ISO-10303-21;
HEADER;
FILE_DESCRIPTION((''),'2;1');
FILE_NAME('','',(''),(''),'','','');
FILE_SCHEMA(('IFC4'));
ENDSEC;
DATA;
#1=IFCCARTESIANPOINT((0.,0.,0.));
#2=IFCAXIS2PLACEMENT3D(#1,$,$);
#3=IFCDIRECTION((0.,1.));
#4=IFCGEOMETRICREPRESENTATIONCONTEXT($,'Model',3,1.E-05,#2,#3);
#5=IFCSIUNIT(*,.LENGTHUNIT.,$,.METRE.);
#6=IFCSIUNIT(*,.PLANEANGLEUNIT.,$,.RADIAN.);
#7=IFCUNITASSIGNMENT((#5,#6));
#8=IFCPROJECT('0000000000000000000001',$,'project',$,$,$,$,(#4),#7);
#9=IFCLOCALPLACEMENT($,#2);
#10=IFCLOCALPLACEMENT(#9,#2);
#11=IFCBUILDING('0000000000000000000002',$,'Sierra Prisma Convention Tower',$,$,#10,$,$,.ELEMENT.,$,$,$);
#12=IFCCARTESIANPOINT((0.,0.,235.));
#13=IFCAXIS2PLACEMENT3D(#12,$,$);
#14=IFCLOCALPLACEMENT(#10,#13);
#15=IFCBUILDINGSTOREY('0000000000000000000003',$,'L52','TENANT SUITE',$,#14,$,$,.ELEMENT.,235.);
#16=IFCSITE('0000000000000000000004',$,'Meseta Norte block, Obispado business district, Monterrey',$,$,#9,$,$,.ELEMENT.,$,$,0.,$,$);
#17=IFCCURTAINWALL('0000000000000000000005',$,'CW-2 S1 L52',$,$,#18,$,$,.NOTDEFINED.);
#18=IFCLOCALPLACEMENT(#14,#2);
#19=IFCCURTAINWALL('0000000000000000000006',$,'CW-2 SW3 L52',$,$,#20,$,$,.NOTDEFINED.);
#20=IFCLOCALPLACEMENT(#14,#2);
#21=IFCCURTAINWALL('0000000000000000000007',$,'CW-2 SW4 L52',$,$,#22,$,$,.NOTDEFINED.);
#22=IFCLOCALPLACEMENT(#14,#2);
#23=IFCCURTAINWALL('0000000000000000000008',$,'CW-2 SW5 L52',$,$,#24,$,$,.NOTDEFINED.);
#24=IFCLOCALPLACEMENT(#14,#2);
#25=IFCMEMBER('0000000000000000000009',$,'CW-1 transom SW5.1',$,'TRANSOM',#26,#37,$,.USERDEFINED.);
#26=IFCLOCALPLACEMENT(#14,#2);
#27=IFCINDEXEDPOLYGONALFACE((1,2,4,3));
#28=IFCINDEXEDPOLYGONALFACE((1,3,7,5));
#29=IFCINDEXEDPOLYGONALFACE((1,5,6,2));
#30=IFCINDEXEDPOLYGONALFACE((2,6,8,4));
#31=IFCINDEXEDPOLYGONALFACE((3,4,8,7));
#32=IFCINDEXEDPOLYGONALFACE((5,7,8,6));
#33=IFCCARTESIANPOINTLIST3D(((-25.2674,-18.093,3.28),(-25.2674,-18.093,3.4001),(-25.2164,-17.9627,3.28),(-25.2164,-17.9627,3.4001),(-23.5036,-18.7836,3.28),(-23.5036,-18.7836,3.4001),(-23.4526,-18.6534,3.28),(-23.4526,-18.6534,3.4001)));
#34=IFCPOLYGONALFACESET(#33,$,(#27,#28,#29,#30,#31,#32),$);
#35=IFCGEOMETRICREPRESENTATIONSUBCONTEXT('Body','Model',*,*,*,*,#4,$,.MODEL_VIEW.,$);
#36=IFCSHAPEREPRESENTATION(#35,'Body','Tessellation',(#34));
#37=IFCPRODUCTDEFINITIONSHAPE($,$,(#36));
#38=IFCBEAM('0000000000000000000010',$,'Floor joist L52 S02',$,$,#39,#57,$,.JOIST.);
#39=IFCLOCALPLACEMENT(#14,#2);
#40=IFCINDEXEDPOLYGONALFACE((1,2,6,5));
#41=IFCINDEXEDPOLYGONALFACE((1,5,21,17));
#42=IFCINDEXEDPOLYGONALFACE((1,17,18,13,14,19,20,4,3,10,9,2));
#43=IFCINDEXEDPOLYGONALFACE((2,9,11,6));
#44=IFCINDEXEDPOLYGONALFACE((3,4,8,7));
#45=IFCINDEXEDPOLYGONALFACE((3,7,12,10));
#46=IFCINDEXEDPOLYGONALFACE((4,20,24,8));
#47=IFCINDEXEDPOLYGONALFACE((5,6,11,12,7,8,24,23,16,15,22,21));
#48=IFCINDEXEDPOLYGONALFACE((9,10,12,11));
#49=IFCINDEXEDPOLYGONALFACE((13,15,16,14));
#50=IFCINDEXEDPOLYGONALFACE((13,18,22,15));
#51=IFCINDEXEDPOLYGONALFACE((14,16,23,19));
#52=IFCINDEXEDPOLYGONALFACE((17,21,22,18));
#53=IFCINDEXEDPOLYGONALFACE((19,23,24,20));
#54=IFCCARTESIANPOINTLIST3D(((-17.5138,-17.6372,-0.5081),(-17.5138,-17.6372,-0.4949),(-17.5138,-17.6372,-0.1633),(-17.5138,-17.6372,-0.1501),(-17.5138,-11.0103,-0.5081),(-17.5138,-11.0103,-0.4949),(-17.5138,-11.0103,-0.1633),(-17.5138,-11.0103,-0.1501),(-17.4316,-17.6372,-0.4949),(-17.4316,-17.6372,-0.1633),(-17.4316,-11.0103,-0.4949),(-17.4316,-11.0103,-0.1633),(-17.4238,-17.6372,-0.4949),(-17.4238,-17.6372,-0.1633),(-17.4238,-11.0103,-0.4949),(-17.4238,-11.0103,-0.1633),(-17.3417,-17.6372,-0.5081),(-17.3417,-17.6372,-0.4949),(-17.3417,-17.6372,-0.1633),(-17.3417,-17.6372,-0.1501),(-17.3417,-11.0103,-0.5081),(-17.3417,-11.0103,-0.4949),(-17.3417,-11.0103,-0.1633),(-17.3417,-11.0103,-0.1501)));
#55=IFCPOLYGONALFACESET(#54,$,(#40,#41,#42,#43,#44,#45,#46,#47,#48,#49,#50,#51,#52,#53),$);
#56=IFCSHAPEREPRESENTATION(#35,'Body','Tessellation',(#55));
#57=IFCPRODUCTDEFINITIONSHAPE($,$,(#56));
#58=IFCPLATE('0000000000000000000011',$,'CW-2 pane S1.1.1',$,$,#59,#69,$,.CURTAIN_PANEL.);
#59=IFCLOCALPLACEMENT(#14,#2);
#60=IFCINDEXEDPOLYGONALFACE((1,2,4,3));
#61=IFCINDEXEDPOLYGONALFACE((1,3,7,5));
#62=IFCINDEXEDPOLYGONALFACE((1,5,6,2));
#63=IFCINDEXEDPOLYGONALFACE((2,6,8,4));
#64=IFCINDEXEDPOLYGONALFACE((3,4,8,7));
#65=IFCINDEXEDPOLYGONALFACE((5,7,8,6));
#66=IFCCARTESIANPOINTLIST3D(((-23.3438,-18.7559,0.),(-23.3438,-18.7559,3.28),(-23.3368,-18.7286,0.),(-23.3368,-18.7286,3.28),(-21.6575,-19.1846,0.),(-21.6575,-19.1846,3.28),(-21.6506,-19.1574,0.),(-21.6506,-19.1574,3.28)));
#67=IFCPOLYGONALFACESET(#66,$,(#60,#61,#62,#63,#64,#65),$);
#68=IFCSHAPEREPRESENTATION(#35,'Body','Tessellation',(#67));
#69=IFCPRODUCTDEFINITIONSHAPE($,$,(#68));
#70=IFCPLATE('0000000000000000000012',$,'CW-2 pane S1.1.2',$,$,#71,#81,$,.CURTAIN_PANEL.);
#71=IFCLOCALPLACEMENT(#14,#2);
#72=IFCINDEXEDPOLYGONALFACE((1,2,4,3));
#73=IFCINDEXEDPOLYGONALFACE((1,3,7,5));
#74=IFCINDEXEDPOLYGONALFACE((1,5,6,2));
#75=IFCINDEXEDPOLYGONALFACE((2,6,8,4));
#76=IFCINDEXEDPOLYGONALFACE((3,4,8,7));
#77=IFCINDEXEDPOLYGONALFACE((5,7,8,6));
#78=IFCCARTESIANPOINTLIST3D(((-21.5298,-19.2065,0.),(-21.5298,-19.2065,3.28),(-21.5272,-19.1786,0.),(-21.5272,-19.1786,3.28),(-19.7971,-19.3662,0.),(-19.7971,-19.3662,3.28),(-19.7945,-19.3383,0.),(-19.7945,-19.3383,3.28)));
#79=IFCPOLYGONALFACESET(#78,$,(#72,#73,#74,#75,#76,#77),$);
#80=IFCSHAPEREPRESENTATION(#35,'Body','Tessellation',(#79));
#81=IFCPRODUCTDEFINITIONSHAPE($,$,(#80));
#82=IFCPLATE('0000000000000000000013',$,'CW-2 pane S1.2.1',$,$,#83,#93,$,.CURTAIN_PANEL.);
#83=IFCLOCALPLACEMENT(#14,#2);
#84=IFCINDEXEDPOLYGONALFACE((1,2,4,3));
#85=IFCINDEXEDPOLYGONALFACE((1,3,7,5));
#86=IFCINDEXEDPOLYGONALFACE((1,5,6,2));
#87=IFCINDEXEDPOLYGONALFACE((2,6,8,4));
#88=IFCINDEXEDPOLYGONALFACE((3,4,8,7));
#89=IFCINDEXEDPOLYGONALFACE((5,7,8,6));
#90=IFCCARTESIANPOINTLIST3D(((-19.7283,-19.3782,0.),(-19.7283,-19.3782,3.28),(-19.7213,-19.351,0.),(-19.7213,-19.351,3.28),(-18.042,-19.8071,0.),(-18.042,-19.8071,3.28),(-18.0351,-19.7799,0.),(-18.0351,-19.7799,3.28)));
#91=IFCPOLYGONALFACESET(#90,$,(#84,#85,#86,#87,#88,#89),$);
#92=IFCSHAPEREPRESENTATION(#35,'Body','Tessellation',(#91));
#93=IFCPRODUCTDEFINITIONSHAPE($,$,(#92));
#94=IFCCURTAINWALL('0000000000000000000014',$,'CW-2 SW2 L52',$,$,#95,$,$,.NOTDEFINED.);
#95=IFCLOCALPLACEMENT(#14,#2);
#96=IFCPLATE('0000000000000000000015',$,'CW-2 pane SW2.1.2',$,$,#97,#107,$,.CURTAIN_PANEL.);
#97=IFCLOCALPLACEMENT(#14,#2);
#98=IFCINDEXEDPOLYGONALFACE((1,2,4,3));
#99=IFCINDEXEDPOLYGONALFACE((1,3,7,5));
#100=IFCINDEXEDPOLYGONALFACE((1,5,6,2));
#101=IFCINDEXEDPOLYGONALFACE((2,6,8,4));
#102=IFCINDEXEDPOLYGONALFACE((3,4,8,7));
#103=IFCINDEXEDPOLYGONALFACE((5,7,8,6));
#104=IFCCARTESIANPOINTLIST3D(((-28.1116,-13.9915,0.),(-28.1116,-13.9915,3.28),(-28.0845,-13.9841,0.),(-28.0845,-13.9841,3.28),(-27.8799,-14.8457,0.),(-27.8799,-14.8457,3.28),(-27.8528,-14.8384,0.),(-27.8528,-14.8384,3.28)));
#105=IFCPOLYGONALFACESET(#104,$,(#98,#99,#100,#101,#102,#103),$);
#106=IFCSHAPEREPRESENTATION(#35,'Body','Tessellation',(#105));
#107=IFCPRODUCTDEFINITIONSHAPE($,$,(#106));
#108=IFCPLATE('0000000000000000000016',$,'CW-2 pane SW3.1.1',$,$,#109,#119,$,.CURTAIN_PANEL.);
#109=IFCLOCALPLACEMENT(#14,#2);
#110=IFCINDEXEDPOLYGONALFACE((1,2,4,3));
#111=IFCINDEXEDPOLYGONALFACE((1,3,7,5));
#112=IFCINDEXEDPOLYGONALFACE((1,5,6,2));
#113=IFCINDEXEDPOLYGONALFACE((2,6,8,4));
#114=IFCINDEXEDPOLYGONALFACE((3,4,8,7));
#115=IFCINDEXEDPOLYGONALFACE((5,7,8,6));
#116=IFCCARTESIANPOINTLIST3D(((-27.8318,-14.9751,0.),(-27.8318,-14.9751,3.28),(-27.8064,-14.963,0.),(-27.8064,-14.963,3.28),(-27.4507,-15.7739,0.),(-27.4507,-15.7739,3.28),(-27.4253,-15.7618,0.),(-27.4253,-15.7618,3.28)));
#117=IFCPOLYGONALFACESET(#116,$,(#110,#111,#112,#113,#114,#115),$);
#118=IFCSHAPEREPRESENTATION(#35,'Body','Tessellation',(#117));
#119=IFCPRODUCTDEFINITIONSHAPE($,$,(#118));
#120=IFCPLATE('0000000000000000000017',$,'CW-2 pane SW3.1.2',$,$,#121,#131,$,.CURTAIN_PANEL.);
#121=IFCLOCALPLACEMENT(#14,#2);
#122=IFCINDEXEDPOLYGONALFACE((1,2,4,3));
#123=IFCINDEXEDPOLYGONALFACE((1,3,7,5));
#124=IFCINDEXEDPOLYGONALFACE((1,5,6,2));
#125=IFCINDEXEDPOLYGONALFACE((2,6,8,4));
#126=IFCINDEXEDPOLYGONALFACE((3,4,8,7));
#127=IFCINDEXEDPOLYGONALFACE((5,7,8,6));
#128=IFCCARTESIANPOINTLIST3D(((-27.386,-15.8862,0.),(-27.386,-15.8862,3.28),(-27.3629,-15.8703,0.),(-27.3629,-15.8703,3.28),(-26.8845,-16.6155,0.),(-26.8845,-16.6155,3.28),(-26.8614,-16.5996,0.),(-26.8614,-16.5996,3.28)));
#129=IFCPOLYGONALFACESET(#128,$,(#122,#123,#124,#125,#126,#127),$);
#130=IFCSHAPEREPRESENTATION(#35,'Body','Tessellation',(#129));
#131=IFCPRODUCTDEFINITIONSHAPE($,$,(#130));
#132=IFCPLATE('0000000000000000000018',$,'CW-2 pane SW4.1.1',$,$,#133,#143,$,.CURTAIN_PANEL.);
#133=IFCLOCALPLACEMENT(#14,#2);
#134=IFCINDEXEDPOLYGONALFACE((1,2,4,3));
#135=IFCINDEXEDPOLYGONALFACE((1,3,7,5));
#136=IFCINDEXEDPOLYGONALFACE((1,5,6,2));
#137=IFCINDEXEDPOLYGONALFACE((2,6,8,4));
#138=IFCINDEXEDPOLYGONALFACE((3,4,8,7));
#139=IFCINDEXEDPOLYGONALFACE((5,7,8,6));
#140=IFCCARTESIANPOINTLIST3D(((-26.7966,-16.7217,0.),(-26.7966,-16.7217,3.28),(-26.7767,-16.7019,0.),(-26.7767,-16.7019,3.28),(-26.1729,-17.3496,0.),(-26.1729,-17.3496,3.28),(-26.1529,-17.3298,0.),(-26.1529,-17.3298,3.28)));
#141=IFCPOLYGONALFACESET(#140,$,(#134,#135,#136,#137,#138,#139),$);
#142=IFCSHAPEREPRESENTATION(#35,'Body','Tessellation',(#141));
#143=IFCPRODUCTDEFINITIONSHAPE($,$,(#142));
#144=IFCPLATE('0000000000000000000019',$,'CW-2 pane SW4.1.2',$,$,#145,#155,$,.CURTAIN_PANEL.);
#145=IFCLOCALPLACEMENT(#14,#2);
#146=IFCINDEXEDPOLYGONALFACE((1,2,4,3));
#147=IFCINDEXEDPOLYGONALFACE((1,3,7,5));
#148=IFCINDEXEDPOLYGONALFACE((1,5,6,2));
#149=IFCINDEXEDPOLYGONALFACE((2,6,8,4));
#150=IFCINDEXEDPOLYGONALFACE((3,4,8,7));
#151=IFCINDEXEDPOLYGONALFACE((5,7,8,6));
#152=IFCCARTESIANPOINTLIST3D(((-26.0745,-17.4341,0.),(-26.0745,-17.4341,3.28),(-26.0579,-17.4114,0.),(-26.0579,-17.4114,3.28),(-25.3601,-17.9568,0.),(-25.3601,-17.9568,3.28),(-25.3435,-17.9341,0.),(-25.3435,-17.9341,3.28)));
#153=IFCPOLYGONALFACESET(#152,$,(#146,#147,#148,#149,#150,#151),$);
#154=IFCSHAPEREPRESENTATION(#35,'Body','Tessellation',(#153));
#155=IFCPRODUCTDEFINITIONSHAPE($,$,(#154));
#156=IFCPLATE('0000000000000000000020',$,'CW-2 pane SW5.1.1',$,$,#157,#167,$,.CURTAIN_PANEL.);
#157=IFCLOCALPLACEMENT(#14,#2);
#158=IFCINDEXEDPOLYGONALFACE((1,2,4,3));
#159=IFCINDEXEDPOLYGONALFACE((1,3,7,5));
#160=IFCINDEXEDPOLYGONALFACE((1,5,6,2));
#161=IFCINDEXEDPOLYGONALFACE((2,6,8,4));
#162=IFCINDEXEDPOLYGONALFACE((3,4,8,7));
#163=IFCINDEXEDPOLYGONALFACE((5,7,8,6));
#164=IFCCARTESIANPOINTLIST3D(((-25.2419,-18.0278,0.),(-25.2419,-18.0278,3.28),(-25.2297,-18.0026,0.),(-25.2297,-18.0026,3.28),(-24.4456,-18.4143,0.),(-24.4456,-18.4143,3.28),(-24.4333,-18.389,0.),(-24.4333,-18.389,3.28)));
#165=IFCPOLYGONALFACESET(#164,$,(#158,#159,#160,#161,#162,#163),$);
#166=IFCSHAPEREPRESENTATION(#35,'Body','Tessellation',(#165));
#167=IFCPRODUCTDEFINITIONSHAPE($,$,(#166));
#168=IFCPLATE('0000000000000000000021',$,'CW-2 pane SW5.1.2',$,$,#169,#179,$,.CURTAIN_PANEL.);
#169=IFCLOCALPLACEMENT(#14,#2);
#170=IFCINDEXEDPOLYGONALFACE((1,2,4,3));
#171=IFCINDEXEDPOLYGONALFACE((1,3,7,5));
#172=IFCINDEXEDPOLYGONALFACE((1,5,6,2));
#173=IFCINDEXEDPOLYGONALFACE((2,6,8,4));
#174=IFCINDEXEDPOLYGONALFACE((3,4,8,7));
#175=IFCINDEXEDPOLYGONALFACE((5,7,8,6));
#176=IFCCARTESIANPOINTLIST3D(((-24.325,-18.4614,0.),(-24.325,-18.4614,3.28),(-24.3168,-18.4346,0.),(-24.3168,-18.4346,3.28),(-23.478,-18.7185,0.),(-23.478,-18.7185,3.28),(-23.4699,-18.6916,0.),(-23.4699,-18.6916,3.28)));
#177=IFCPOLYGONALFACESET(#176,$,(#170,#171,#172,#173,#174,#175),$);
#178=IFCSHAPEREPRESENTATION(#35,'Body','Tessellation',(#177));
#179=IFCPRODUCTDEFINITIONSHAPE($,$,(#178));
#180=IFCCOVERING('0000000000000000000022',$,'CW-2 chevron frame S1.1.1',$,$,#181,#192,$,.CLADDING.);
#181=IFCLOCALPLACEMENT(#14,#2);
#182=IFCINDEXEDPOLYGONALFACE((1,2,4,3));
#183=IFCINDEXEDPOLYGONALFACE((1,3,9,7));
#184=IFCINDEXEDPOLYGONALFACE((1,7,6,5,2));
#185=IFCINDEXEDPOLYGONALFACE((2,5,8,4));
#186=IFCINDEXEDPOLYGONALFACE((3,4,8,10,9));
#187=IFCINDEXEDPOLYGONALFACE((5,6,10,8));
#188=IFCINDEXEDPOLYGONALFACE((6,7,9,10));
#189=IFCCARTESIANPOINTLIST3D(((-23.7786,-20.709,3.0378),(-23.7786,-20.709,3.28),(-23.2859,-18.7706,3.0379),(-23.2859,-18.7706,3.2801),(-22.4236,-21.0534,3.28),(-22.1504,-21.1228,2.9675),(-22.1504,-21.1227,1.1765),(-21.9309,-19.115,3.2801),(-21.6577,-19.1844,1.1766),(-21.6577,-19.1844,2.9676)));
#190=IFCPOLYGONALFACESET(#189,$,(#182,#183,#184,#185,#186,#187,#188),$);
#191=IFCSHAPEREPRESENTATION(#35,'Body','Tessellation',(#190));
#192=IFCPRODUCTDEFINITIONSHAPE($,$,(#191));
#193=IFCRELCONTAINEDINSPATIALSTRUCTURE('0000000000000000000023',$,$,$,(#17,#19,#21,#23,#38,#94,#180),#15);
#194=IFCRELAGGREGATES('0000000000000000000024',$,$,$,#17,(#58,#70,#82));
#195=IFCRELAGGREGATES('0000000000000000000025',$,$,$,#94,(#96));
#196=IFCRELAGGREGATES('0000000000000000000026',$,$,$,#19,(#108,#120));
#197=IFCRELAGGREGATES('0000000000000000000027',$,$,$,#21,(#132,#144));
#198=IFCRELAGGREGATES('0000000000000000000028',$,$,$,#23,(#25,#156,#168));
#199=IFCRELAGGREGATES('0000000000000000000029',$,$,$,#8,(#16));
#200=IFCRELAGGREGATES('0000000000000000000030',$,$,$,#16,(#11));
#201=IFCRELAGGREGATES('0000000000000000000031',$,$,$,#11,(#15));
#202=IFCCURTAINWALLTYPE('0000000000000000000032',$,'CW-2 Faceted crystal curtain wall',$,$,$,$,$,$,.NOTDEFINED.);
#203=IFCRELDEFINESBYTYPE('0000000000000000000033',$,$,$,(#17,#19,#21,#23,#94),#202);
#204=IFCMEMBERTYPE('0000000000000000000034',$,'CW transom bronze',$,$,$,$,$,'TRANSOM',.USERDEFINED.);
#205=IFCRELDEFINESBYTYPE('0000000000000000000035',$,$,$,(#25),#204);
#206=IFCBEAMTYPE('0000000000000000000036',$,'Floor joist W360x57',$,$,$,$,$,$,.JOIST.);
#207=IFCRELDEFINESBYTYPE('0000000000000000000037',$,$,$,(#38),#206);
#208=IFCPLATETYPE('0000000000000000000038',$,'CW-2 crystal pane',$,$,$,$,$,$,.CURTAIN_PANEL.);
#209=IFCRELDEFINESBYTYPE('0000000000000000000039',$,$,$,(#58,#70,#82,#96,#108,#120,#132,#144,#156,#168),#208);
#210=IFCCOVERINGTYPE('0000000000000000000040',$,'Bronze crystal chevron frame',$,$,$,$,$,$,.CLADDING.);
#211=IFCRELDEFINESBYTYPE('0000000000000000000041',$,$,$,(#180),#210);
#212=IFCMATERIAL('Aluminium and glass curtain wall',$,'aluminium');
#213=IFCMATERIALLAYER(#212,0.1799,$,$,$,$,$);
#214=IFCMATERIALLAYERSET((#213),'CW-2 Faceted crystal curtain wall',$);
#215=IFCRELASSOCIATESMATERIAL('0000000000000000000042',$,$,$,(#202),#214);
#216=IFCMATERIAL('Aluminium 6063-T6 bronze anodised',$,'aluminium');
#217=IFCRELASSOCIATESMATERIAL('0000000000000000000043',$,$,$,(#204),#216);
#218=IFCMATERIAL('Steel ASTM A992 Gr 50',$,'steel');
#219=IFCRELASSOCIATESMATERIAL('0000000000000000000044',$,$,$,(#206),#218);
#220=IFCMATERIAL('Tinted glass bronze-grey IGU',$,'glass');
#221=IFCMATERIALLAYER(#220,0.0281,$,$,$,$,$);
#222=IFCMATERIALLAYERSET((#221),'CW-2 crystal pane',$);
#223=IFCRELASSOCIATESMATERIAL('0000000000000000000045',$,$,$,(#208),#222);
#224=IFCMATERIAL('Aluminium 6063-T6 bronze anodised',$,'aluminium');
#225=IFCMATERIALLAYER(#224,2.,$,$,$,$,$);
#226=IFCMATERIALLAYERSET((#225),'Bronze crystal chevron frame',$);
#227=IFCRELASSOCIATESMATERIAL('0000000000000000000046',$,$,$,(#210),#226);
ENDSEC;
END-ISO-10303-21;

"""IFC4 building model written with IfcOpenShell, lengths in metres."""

from ifc_helpers import new_model, si_unit, direction, frame, origin, origin_2d, place, context, subcontext, project, spatial, polyline, rectangle, i_section, outline, extrude, material, layer, layer_set, material_profile, profile_set, type_object, element, aggregate, save


model = new_model("IFC4")

# Units and contexts
model_context = context("Model", 3, precision=1e-05, world=origin(), true_north=direction((0.0, 1.0)))
body_context = subcontext(model_context, "Body", "Model", "MODEL_VIEW")
ifc_project = project(units=[si_unit("LENGTHUNIT", "METRE"), si_unit("PLANEANGLEUNIT", "RADIAN")], contexts=[model_context])

# Site, building, storey
site_placement = place(None, origin())
site = spatial("IfcSite", under=ifc_project, at=site_placement, Name="Meseta Norte block, Obispado business district, Monterrey", CompositionType="ELEMENT", RefElevation=0.0)
building_placement = place(site_placement, origin())
building = spatial("IfcBuilding", under=site, at=building_placement, Name="Sierra Prisma Convention Tower", CompositionType="ELEMENT")
storey_placement = place(building_placement, frame((0.0, 0.0, 235.0)))
storey = spatial("IfcBuildingStorey", under=building, at=storey_placement, Name="L52", Description="TENANT SUITE", CompositionType="ELEMENT", Elevation=235.0)

# Curtain wall
ifc_material_1 = material(Name="Aluminium and glass curtain wall", Category="aluminium")
ifc_layer_1 = layer(ifc_material_1, 0.1799)
ifc_layer_set_1 = layer_set([ifc_layer_1], Name="CW-2 Faceted crystal curtain wall")
curtain_wall_type = type_object("IfcCurtainWallType", Name="CW-2 Faceted crystal curtain wall", PredefinedType="NOTDEFINED", material=ifc_layer_set_1)
curtain_wall_1_placement = place(storey_placement, origin())
curtain_wall_1 = element("IfcCurtainWall", 1, at=curtain_wall_1_placement, inside=storey, type_object=curtain_wall_type, Name="CW-2 S1 L52", PredefinedType="NOTDEFINED")

# Curtain walls
curtain_wall_2_placement = place(storey_placement, origin())
curtain_wall_2 = element("IfcCurtainWall", 2, at=curtain_wall_2_placement, inside=storey, type_object=curtain_wall_type, Name="CW-2 SW3 L52", PredefinedType="NOTDEFINED")
curtain_wall_3_placement = place(storey_placement, origin())
curtain_wall_3 = element("IfcCurtainWall", 3, at=curtain_wall_3_placement, inside=storey, type_object=curtain_wall_type, Name="CW-2 SW4 L52", PredefinedType="NOTDEFINED")
curtain_wall_4_placement = place(storey_placement, origin())
curtain_wall_4 = element("IfcCurtainWall", 4, at=curtain_wall_4_placement, inside=storey, type_object=curtain_wall_type, Name="CW-2 SW5 L52", PredefinedType="NOTDEFINED")

# Member
ifc_material_2 = material(Name="Aluminium 6063-T6 bronze anodised", Category="aluminium")
ifc_material_profile_1 = material_profile(ifc_material_2, rectangle(XDim=0.1399, YDim=0.1201, at=origin_2d()), Name="ALU TRANSOM 120x140")
ifc_profile_set_1 = profile_set([ifc_material_profile_1], Name="Aluminium 6063-T6 bronze anodised")
member_type_1 = type_object("IfcMemberType", Name="CW transom bronze", ElementType="TRANSOM", PredefinedType="USERDEFINED", material=ifc_profile_set_1)
member_1_placement = place(storey_placement, frame((-25.2419, -18.0278, 3.3401), z_axis=(0.931163, -0.364603, 0.0), x_axis=(0.364603, 0.931163, 0.0)))
member_1 = element("IfcMember", 5, at=member_1_placement, type_object=member_type_1, Name="CW-1 transom SW5.1", ObjectType="TRANSOM", PredefinedType="USERDEFINED", context=body_context, shape_type="SweptSolid", body=[
    extrude(rectangle(XDim=0.1399, YDim=0.1201, at=origin_2d()), origin(), (0.0, 0.0, 1.0), 1.8943),
])

# Beam
ifc_material_3 = material(Name="Steel ASTM A992 Gr 50", Category="steel")
ifc_material_profile_2 = material_profile(ifc_material_3, i_section(OverallWidth=0.1721, OverallDepth=0.3579, WebThickness=0.0078, FlangeThickness=0.0132, at=origin_2d()), Name="W360x57")
ifc_profile_set_2 = profile_set([ifc_material_profile_2], Name="Steel ASTM A992 Gr 50")
beam_type = type_object("IfcBeamType", Name="Floor joist W360x57", PredefinedType="JOIST", material=ifc_profile_set_2)
beam_placement = place(storey_placement, frame((-17.4277, -17.6372, -0.3291), z_axis=(0.0, 1.0, 0.0), x_axis=(-1.0, 0.0, 0.0)))
element("IfcBeam", 6, at=beam_placement, inside=storey, type_object=beam_type, Name="Floor joist L52 S02", PredefinedType="JOIST", context=body_context, shape_type="SweptSolid", body=[
    extrude(i_section(OverallWidth=0.1721, OverallDepth=0.3579, WebThickness=0.0078, FlangeThickness=0.0132, at=origin_2d()), origin(), (0.0, 0.0, 1.0), 6.627),
])

# Plates
ifc_material_4 = material(Name="Tinted glass bronze-grey IGU", Category="glass")
ifc_layer_2 = layer(ifc_material_4, 0.0281)
ifc_layer_set_2 = layer_set([ifc_layer_2], Name="CW-2 crystal pane")
plate_type = type_object("IfcPlateType", Name="CW-2 crystal pane", PredefinedType="CURTAIN_PANEL", material=ifc_layer_set_2)
plate_1_placement = place(storey_placement, frame((-23.3438, -18.7559, 0.0), z_axis=(-0.246397, -0.969169, 0.0), x_axis=(0.969169, -0.246397, 0.0)))
plate_1 = element("IfcPlate", 7, at=plate_1_placement, type_object=plate_type, Name="CW-2 pane S1.1.1", PredefinedType="CURTAIN_PANEL", context=body_context, shape_type="SweptSolid", body=[
    extrude(outline(polyline([(0.0, 0.0), (1.7399, 0.0), (1.7399, 3.28), (0.0, 3.28), (0.0, 0.0)])), origin(), (0.0, 0.0, -1.0), 0.0281),
])
plate_2_placement = place(storey_placement, frame((-19.7971, -19.3662, 0.0), z_axis=(-0.091763, -0.995781, 0.0), x_axis=(-0.995781, 0.091763, 0.0)))
plate_2 = element("IfcPlate", 8, at=plate_2_placement, type_object=plate_type, Name="CW-2 pane S1.1.2", PredefinedType="CURTAIN_PANEL", context=body_context, shape_type="SweptSolid", body=[
    extrude(outline(polyline([(0.0, 0.0), (1.74, 0.0), (1.74, -3.28), (0.0, -3.28), (0.0, 0.0)])), origin(), (0.0, 0.0, -1.0), 0.0281),
])
plate_3_placement = place(storey_placement, frame((-19.7283, -19.3782, 0.0), z_axis=(-0.246528, -0.969136, 0.0), x_axis=(0.969136, -0.246528, 0.0)))
plate_3 = element("IfcPlate", 9, at=plate_3_placement, type_object=plate_type, Name="CW-2 pane S1.2.1", PredefinedType="CURTAIN_PANEL", context=body_context, shape_type="SweptSolid", body=[
    extrude(outline(polyline([(0.0, 0.0), (1.74, 0.0), (1.74, 3.28), (0.0, 3.28), (0.0, 0.0)])), origin(), (0.0, 0.0, -1.0), 0.0281),
])
aggregate(curtain_wall_1, [plate_1, plate_2, plate_3])

# Curtain wall, plate
curtain_wall_5_placement = place(storey_placement, origin())
curtain_wall_5 = element("IfcCurtainWall", 10, at=curtain_wall_5_placement, inside=storey, type_object=curtain_wall_type, Name="CW-2 SW2 L52", PredefinedType="NOTDEFINED")
plate_4_placement = place(storey_placement, frame((-27.8799, -14.8457, 0.0), z_axis=(-0.965132, -0.261763, 0.0), x_axis=(-0.261763, 0.965132, 0.0)))
plate_4 = element("IfcPlate", 11, at=plate_4_placement, type_object=plate_type, Name="CW-2 pane SW2.1.2", PredefinedType="CURTAIN_PANEL", context=body_context, shape_type="SweptSolid", body=[
    extrude(outline(polyline([(0.0, 0.0), (0.8851, 0.0), (0.8851, -3.28), (0.0, -3.28), (0.0, 0.0)])), origin(), (0.0, 0.0, -1.0), 0.0281),
])
aggregate(curtain_wall_5, [plate_4])

# Plates
plate_5_placement = place(storey_placement, frame((-27.8318, -14.9751, 0.0), z_axis=(-0.902549, -0.430587, 0.0), x_axis=(0.430587, -0.902549, 0.0)))
plate_5 = element("IfcPlate", 12, at=plate_5_placement, type_object=plate_type, Name="CW-2 pane SW3.1.1", PredefinedType="CURTAIN_PANEL", context=body_context, shape_type="SweptSolid", body=[
    extrude(outline(polyline([(0.0, 0.0), (0.8851, 0.0), (0.8851, 3.28), (0.0, 3.28), (0.0, 0.0)])), origin(), (0.0, 0.0, -1.0), 0.0281),
])
plate_6_placement = place(storey_placement, frame((-26.8845, -16.6155, 0.0), z_axis=(-0.823986, -0.566611, 0.0), x_axis=(-0.566611, 0.823986, 0.0)))
plate_6 = element("IfcPlate", 13, at=plate_6_placement, type_object=plate_type, Name="CW-2 pane SW3.1.2", PredefinedType="CURTAIN_PANEL", context=body_context, shape_type="SweptSolid", body=[
    extrude(outline(polyline([(0.0, 0.0), (0.885, 0.0), (0.885, -3.28), (0.0, -3.28), (0.0, 0.0)])), origin(), (0.0, 0.0, -1.0), 0.0281),
])
aggregate(curtain_wall_2, [plate_5, plate_6])
plate_7_placement = place(storey_placement, frame((-26.7966, -16.7217, 0.0), z_axis=(-0.709447, -0.704758, 0.0), x_axis=(0.704758, -0.709447, 0.0)))
plate_7 = element("IfcPlate", 14, at=plate_7_placement, type_object=plate_type, Name="CW-2 pane SW4.1.1", PredefinedType="CURTAIN_PANEL", context=body_context, shape_type="SweptSolid", body=[
    extrude(outline(polyline([(0.0, 0.0), (0.8851, 0.0), (0.8851, 3.28), (0.0, 3.28), (0.0, 0.0)])), origin(), (0.0, 0.0, -1.0), 0.0281),
])
plate_8_placement = place(storey_placement, frame((-25.3601, -17.9568, 0.0), z_axis=(-0.590514, -0.807027, 0.0), x_axis=(-0.807027, 0.590514, 0.0)))
plate_8 = element("IfcPlate", 15, at=plate_8_placement, type_object=plate_type, Name="CW-2 pane SW4.1.2", PredefinedType="CURTAIN_PANEL", context=body_context, shape_type="SweptSolid", body=[
    extrude(outline(polyline([(0.0, 0.0), (0.8852, 0.0), (0.8852, -3.28), (0.0, -3.28), (0.0, 0.0)])), origin(), (0.0, 0.0, -1.0), 0.0281),
])
aggregate(curtain_wall_3, [plate_7, plate_8])
plate_9_placement = place(storey_placement, frame((-25.2419, -18.0278, 0.0), z_axis=(-0.436592, -0.89966, 0.0), x_axis=(0.89966, -0.436592, 0.0)))
plate_9 = element("IfcPlate", 16, at=plate_9_placement, type_object=plate_type, Name="CW-2 pane SW5.1.1", PredefinedType="CURTAIN_PANEL", context=body_context, shape_type="SweptSolid", body=[
    extrude(outline(polyline([(0.0, 0.0), (0.8852, 0.0), (0.8852, 3.28), (0.0, 3.28), (0.0, 0.0)])), origin(), (0.0, 0.0, -1.0), 0.0281),
])
plate_10_placement = place(storey_placement, frame((-23.478, -18.7185, 0.0), z_axis=(-0.290459, -0.956887, 0.0), x_axis=(-0.956887, 0.290459, 0.0)))
plate_10 = element("IfcPlate", 17, at=plate_10_placement, type_object=plate_type, Name="CW-2 pane SW5.1.2", PredefinedType="CURTAIN_PANEL", context=body_context, shape_type="SweptSolid", body=[
    extrude(outline(polyline([(0.0, 0.0), (0.8851, 0.0), (0.8851, -3.28), (0.0, -3.28), (0.0, 0.0)])), origin(), (0.0, 0.0, -1.0), 0.0281),
])
aggregate(curtain_wall_4, [member_1, plate_9, plate_10])

# Covering
ifc_material_5 = material(Name="Aluminium 6063-T6 bronze anodised", Category="aluminium")
ifc_layer_3 = layer(ifc_material_5, 2.0)
ifc_layer_set_3 = layer_set([ifc_layer_3], Name="Bronze crystal chevron frame")
covering_type = type_object("IfcCoveringType", Name="Bronze crystal chevron frame", PredefinedType="CLADDING", material=ifc_layer_set_3)
covering_1_placement = place(storey_placement, frame((-23.7786, -20.709, 3.28), z_axis=(-0.246337, -0.969184, -0.000042), x_axis=(0.00001, 0.000041, -1.0)))
element("IfcCovering", 18, at=covering_1_placement, inside=storey, type_object=covering_type, Name="CW-2 chevron frame S1.1.1", PredefinedType="CLADDING", context=body_context, shape_type="SweptSolid", body=[
    extrude(outline(polyline([(0.0, 0.0), (0.2422, 0.0), (2.1035, 1.6799), (0.3125, 1.6799), (0.0, 1.3981), (0.0, 0.0)])), origin(), (0.0, 0.0, -1.0), 2.0),
])

save(model, "model.ifc")
